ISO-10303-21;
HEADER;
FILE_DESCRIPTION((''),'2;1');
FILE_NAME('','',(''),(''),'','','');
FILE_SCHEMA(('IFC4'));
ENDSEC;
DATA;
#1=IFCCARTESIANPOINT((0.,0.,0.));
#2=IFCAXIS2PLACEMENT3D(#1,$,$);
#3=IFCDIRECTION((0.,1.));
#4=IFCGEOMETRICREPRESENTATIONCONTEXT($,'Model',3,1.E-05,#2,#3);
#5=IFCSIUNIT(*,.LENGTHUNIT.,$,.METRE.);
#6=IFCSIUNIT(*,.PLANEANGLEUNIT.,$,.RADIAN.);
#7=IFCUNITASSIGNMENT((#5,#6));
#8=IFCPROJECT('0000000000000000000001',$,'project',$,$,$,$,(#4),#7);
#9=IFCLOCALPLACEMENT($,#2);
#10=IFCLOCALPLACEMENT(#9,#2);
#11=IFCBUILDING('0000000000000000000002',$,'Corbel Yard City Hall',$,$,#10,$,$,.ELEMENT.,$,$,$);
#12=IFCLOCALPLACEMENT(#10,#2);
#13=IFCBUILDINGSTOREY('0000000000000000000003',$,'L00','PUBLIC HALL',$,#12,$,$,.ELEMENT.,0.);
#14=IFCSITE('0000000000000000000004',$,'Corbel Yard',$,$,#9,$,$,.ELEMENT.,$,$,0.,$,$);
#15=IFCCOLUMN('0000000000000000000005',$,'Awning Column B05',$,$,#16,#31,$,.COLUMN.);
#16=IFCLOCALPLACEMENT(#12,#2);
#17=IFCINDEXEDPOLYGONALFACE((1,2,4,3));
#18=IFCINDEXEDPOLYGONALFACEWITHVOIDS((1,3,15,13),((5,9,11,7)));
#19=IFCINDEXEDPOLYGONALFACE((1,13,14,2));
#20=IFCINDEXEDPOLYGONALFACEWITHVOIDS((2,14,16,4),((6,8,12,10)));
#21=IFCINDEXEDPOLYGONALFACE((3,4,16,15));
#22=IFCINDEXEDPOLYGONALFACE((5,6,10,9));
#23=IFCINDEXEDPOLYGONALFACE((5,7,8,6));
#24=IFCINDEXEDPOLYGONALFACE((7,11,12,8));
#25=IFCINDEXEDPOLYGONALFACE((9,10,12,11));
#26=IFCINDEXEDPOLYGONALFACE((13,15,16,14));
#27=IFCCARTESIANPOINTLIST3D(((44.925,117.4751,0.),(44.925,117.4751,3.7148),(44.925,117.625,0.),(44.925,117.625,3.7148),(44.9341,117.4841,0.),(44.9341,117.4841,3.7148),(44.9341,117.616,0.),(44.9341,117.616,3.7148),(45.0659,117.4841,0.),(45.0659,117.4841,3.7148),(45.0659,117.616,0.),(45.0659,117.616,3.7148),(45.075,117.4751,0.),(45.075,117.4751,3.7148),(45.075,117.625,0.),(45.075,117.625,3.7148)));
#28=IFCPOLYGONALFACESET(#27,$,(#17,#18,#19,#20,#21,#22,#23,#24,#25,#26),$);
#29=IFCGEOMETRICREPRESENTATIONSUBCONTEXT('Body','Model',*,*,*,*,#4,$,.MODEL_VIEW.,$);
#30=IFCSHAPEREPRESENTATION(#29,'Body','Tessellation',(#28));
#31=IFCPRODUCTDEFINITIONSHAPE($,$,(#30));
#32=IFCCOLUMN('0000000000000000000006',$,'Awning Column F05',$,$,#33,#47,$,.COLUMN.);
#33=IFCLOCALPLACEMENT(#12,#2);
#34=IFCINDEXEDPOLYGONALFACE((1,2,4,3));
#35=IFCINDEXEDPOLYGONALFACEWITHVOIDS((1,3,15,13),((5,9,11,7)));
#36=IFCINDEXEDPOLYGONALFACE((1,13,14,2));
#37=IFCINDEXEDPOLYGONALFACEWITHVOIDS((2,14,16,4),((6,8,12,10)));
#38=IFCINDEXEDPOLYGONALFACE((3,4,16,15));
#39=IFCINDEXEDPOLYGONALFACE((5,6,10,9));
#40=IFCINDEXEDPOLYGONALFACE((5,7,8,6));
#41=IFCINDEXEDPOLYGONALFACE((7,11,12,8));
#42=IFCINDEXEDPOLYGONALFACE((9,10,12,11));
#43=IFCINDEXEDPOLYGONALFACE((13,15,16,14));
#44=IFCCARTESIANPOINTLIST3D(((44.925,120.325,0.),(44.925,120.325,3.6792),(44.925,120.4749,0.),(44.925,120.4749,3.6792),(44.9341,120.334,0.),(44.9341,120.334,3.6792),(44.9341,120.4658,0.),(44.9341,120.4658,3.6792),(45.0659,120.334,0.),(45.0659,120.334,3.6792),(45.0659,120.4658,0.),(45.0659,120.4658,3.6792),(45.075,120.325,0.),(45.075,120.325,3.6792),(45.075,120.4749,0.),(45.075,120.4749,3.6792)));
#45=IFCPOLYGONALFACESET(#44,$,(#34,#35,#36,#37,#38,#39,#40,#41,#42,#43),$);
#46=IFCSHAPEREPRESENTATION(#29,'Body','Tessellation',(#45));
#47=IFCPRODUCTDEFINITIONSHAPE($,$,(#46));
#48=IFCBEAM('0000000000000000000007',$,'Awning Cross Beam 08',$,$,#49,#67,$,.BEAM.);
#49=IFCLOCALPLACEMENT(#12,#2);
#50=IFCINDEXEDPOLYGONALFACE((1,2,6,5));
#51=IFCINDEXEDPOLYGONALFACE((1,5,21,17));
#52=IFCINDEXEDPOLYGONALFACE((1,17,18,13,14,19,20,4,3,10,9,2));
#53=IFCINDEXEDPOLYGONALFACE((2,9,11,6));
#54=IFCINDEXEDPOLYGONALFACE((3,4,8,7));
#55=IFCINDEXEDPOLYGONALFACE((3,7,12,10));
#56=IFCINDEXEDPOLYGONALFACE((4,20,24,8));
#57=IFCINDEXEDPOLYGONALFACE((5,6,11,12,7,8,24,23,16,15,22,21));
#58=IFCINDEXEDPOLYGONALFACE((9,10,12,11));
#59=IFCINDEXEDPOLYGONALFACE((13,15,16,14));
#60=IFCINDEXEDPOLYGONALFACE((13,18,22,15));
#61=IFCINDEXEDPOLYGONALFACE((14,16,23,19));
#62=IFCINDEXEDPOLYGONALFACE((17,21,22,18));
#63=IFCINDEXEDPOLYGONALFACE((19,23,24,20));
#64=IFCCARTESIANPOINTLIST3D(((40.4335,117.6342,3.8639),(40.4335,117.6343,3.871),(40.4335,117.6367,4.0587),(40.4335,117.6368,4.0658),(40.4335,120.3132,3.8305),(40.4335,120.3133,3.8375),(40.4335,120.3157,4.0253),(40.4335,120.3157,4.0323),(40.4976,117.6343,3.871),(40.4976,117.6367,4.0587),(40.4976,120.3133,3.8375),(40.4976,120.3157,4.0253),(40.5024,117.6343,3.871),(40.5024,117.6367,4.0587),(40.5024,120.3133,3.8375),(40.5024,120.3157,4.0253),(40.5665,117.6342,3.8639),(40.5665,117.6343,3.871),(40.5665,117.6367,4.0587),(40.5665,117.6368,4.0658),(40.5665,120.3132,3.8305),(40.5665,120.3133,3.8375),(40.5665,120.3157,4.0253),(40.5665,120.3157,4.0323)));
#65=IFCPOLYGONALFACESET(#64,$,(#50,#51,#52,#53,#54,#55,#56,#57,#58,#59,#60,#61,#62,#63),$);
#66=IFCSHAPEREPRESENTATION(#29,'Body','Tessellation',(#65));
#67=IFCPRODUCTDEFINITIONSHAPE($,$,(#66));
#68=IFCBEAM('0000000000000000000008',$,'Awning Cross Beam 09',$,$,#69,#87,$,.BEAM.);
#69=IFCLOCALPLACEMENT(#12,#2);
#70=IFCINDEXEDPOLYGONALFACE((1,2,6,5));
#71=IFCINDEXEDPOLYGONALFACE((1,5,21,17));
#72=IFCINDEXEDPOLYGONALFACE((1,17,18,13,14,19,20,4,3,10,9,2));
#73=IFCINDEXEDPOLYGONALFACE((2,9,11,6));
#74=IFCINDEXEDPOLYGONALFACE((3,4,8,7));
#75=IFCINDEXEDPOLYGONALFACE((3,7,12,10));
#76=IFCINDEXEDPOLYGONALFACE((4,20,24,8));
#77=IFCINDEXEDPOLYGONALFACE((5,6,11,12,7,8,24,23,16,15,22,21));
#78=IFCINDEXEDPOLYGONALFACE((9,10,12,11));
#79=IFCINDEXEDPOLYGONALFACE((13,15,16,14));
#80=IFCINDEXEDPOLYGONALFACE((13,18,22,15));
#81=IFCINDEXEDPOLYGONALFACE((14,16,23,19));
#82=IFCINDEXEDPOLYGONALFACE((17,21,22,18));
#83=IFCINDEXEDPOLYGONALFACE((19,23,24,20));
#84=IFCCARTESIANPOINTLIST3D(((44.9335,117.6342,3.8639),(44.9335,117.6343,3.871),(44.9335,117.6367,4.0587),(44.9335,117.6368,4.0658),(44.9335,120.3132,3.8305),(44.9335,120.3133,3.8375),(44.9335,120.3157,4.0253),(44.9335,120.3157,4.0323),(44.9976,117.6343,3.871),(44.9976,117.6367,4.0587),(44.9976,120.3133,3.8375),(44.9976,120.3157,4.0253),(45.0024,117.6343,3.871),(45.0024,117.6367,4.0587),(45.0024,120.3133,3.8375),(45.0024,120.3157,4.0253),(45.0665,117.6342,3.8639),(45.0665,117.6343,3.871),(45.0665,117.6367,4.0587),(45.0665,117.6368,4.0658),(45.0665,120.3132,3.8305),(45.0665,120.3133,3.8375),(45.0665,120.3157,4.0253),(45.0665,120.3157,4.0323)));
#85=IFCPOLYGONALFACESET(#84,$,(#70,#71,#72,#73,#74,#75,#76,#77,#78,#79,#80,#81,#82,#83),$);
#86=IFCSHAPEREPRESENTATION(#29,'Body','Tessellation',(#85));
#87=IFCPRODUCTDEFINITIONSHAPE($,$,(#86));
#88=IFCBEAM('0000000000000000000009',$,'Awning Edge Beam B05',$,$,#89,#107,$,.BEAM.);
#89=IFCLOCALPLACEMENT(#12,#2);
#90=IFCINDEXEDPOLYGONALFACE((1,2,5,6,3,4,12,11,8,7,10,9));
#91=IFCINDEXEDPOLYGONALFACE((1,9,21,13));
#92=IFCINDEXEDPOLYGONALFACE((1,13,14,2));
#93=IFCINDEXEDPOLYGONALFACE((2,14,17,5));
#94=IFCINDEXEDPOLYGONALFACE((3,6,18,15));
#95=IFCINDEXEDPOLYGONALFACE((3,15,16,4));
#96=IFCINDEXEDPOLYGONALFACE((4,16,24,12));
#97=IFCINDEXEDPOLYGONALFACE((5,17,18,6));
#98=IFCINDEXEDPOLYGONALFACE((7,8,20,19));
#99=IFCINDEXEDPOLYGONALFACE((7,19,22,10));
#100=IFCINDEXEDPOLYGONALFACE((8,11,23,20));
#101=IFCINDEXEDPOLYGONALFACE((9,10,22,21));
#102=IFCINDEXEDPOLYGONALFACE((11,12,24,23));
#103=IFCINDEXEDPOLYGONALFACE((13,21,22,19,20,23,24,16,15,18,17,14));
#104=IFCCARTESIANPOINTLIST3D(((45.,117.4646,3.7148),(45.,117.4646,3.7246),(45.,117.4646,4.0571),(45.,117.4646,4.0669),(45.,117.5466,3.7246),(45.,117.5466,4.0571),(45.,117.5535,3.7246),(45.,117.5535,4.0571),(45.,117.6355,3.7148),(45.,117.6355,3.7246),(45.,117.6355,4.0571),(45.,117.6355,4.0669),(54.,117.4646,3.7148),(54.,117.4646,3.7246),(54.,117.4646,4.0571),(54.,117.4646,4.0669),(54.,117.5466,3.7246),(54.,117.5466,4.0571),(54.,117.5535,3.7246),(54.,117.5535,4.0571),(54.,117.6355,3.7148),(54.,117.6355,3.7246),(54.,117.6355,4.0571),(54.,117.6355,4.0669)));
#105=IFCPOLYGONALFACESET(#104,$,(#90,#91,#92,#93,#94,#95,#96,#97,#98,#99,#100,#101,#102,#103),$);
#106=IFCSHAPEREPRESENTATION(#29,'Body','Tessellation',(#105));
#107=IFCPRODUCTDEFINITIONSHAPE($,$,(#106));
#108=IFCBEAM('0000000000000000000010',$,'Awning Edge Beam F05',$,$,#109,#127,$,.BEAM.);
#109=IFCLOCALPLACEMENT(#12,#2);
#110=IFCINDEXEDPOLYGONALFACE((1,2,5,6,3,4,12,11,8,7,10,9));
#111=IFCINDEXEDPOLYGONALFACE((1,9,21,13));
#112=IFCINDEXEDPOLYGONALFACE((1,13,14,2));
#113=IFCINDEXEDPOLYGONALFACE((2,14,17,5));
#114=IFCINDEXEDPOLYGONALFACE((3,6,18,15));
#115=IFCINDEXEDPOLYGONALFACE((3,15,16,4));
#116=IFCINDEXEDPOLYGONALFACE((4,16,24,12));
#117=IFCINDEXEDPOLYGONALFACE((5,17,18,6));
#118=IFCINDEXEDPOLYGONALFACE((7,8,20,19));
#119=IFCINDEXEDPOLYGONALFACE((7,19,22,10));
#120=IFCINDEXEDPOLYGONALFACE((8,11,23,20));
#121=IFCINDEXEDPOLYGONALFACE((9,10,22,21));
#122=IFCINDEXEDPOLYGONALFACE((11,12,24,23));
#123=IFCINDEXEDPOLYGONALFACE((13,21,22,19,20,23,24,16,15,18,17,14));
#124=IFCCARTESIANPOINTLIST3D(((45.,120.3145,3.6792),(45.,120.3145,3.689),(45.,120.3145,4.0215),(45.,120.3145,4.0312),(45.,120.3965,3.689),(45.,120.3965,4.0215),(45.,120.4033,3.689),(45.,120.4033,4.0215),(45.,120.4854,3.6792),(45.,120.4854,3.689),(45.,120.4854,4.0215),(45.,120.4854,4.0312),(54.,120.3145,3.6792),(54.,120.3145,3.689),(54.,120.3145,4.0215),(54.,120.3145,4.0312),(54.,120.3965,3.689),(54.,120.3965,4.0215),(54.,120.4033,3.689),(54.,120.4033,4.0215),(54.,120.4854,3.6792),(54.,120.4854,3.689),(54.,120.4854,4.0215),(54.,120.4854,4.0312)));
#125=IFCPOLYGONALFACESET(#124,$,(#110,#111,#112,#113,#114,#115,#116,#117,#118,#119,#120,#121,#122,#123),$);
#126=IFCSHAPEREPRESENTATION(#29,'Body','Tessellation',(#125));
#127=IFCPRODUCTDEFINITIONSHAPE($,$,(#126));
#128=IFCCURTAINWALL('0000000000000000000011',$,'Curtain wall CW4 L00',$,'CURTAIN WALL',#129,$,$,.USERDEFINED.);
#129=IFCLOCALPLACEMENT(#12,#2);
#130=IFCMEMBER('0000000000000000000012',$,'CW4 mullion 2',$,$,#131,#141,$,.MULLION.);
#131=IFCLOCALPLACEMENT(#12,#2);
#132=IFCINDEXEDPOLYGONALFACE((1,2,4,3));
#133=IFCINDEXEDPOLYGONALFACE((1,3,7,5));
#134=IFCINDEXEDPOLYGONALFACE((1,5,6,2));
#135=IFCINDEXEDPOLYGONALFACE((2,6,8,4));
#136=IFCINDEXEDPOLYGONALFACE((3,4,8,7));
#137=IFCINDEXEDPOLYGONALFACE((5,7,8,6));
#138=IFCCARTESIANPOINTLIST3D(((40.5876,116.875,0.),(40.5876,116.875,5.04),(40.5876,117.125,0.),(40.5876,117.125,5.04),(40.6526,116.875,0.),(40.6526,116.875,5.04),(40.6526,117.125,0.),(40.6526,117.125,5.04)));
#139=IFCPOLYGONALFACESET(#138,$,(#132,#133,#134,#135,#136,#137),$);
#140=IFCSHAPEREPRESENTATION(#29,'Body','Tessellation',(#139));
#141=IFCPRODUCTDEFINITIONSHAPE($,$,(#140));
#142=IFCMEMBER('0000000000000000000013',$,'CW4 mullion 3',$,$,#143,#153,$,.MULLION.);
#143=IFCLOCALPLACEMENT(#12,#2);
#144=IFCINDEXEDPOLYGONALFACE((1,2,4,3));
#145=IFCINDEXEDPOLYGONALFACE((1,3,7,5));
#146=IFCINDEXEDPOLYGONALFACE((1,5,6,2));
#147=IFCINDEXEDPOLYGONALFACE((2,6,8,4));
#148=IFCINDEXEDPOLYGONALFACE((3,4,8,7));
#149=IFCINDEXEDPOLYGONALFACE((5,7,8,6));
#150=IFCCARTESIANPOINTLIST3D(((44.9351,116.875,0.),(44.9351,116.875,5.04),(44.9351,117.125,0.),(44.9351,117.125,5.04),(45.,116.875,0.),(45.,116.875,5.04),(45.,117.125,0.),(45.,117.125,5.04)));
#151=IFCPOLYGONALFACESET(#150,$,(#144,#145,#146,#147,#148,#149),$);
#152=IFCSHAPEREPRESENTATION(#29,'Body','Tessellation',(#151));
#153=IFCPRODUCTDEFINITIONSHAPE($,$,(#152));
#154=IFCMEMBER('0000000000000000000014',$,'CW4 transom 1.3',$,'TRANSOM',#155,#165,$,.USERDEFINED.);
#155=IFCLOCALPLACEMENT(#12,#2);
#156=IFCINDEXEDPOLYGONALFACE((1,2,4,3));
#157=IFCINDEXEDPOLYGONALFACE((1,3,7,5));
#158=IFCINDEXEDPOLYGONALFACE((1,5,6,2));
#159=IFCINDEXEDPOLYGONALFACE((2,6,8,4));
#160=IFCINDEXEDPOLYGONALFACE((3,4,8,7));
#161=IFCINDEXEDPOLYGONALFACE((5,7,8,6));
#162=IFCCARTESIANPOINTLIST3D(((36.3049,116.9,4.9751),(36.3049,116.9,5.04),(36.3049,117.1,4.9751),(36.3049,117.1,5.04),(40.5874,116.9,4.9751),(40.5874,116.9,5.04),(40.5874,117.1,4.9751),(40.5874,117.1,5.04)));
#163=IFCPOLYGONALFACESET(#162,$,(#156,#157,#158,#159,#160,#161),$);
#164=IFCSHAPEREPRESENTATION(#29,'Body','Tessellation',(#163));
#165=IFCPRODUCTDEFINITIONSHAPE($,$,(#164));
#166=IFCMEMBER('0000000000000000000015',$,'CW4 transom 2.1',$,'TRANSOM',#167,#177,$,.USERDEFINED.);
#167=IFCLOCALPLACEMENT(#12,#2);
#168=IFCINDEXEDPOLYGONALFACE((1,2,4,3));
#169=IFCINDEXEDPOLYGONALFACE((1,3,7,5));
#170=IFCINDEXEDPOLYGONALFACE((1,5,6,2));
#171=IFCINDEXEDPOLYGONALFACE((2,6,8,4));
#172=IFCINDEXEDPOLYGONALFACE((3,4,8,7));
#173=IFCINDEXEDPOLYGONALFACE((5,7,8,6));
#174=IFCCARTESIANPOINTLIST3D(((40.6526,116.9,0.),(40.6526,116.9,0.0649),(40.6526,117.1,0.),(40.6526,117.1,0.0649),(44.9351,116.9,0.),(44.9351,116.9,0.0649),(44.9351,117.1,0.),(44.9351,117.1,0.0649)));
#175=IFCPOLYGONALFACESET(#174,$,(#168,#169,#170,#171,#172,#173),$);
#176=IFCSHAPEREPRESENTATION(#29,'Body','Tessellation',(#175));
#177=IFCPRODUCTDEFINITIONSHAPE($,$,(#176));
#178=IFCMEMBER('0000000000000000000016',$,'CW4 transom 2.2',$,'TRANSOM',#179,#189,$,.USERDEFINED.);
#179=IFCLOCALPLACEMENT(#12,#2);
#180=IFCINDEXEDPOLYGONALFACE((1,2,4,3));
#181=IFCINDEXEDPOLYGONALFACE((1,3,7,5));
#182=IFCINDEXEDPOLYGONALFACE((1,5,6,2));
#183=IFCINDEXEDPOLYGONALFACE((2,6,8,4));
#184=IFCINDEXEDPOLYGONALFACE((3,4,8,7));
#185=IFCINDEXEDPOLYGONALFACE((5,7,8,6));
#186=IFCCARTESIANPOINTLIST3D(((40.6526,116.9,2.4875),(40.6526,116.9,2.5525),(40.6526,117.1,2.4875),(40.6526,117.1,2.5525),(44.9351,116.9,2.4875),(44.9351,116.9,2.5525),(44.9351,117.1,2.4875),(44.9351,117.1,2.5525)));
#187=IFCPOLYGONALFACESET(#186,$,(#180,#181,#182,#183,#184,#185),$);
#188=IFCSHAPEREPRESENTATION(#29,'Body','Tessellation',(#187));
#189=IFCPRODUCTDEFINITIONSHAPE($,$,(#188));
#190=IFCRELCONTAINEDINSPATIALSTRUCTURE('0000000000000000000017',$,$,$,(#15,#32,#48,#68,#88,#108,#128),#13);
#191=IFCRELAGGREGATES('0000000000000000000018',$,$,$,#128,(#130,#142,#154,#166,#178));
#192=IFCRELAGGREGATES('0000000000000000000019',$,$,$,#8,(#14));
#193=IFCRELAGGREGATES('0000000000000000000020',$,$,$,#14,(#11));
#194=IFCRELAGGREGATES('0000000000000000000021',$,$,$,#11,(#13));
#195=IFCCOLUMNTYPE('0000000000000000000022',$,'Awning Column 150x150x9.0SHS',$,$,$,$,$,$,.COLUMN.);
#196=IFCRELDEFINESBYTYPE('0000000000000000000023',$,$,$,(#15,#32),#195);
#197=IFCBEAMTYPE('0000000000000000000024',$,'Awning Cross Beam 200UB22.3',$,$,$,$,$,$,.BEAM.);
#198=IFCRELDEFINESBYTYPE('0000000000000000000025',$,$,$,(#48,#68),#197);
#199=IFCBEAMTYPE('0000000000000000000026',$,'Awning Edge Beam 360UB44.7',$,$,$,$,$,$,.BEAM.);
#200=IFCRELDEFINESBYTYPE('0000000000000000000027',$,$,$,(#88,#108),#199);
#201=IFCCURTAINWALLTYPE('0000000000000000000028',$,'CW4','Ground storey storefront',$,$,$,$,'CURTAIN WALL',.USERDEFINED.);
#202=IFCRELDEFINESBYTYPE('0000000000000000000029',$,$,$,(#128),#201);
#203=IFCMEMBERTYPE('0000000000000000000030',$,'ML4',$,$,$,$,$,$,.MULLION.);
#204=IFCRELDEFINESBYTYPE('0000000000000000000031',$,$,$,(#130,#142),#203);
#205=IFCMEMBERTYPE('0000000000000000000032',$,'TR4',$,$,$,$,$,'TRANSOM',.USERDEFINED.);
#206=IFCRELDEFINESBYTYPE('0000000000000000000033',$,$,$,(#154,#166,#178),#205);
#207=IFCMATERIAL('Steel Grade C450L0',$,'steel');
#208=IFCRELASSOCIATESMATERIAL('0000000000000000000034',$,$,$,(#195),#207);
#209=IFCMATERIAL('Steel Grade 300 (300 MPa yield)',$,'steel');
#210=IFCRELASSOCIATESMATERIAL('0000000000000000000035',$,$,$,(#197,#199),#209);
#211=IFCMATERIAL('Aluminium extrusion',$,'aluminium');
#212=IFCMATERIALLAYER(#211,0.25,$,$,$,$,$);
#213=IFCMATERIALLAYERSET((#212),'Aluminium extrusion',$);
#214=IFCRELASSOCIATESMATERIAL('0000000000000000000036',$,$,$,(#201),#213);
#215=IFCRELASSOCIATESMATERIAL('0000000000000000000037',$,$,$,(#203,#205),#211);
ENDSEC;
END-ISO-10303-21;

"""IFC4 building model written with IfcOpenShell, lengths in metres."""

from ifc_helpers import new_model, si_unit, direction, frame, origin, origin_2d, place, context, subcontext, project, spatial, rectangle, hollow_rectangle, i_section, extrude, material, layer, layer_set, material_profile, profile_set, type_object, element, aggregate, save


model = new_model("IFC4")

# Units and contexts
model_context = context("Model", 3, precision=1e-05, world=origin(), true_north=direction((0.0, 1.0)))
body_context = subcontext(model_context, "Body", "Model", "MODEL_VIEW")
ifc_project = project(units=[si_unit("LENGTHUNIT", "METRE"), si_unit("PLANEANGLEUNIT", "RADIAN")], contexts=[model_context])

# Site, building, storey
site_placement = place(None, origin())
site = spatial("IfcSite", under=ifc_project, at=site_placement, Name="Corbel Yard", CompositionType="ELEMENT", RefElevation=0.0)
building_placement = place(site_placement, origin())
building = spatial("IfcBuilding", under=site, at=building_placement, Name="Corbel Yard City Hall", CompositionType="ELEMENT")
storey_placement = place(building_placement, origin())
storey = spatial("IfcBuildingStorey", under=building, at=storey_placement, Name="L00", Description="PUBLIC HALL", CompositionType="ELEMENT", Elevation=0.0)

# Columns
ifc_material_1 = material(Name="Steel Grade C450L0", Category="steel")
ifc_material_profile_1 = material_profile(ifc_material_1, hollow_rectangle(XDim=0.1499, YDim=0.1499, WallThickness=0.009, at=origin_2d()), Name="150x150x9.0SHS")
ifc_profile_set_1 = profile_set([ifc_material_profile_1], Name="Steel Grade C450L0")
column_type = type_object("IfcColumnType", Name="Awning Column 150x150x9.0SHS", PredefinedType="COLUMN", material=ifc_profile_set_1)
column_1_placement = place(storey_placement, frame((45.0, 117.55, 0.0), z_axis=(0.0, 0.0, 1.0), x_axis=(1.0, 0.0, 0.0)))
element("IfcColumn", 1, at=column_1_placement, inside=storey, type_object=column_type, Name="Awning Column B05", PredefinedType="COLUMN", context=body_context, shape_type="SweptSolid", body=[
    extrude(hollow_rectangle(XDim=0.1499, YDim=0.1499, WallThickness=0.009, at=origin_2d()), origin(), (0.0, 0.0, 1.0), 3.7148),
])
column_2_placement = place(storey_placement, frame((45.0, 120.3999, 0.0), z_axis=(0.0, 0.0, 1.0), x_axis=(1.0, 0.0, 0.0)))
element("IfcColumn", 2, at=column_2_placement, inside=storey, type_object=column_type, Name="Awning Column F05", PredefinedType="COLUMN", context=body_context, shape_type="SweptSolid", body=[
    extrude(hollow_rectangle(XDim=0.1499, YDim=0.1499, WallThickness=0.009, at=origin_2d()), origin(), (0.0, 0.0, 1.0), 3.6792),
])

# Beams
ifc_material_2 = material(Name="Steel Grade 300 (300 MPa yield)", Category="steel")
ifc_material_profile_2 = material_profile(ifc_material_2, i_section(OverallWidth=0.1331, OverallDepth=0.2019, WebThickness=0.0049, FlangeThickness=0.0071, at=origin_2d()), Name="200UB22.3")
ifc_profile_set_2 = profile_set([ifc_material_profile_2], Name="Steel Grade 300 (300 MPa yield)")
beam_type_1 = type_object("IfcBeamType", Name="Awning Cross Beam 200UB22.3", PredefinedType="BEAM", material=ifc_profile_set_2)
for number, where, z_axis, x_axis, name in (
    (3, (40.5, 117.6355, 3.9648), (0.0, 0.999922, -0.012484), (-1.0, 0.0, 0.0), "Awning Cross Beam 08"),
    (4, (45.0, 117.6355, 3.9648), (0.0, 0.999922, -0.012484), (-1.0, 0.0, 0.0), "Awning Cross Beam 09"),
):
    element("IfcBeam", number, at=place(storey_placement, frame(where, z_axis=z_axis, x_axis=x_axis)), inside=storey, type_object=beam_type_1, Name=name, PredefinedType="BEAM", context=body_context, shape_type="SweptSolid", body=[
        extrude(i_section(OverallWidth=0.1331, OverallDepth=0.2019, WebThickness=0.0049, FlangeThickness=0.0071, at=origin_2d()), origin(), (0.0, 0.0, 1.0), 2.6792),
    ])
ifc_material_profile_3 = material_profile(ifc_material_2, i_section(OverallWidth=0.1709, OverallDepth=0.3521, WebThickness=0.0068, FlangeThickness=0.0098, at=origin_2d()), Name="360UB44.7")
ifc_profile_set_3 = profile_set([ifc_material_profile_3], Name="Steel Grade 300 (300 MPa yield)")
beam_type_2 = type_object("IfcBeamType", Name="Awning Edge Beam 360UB44.7", PredefinedType="BEAM", material=ifc_profile_set_3)
for number, where, z_axis, x_axis, name in (
    (5, (45.0, 117.55, 3.8909), (1.0, 0.0, 0.0), (0.0, 1.0, 0.0), "Awning Edge Beam B05"),
    (6, (45.0, 120.3999, 3.8552), (1.0, 0.0, 0.0), (0.0, 1.0, 0.0), "Awning Edge Beam F05"),
):
    element("IfcBeam", number, at=place(storey_placement, frame(where, z_axis=z_axis, x_axis=x_axis)), inside=storey, type_object=beam_type_2, Name=name, PredefinedType="BEAM", context=body_context, shape_type="SweptSolid", body=[
        extrude(i_section(OverallWidth=0.1709, OverallDepth=0.3521, WebThickness=0.0068, FlangeThickness=0.0098, at=origin_2d()), origin(), (0.0, 0.0, 1.0), 9.0),
    ])

# Curtain wall, members
ifc_material_3 = material(Name="Aluminium extrusion", Category="aluminium")
ifc_layer_1 = layer(ifc_material_3, 0.25)
ifc_layer_set_1 = layer_set([ifc_layer_1], Name="Aluminium extrusion")
curtain_wall_type = type_object("IfcCurtainWallType", Name="CW4", Description="Ground storey storefront", ElementType="CURTAIN WALL", PredefinedType="USERDEFINED", material=ifc_layer_set_1)
curtain_wall_placement = place(storey_placement, origin())
curtain_wall = element("IfcCurtainWall", 7, at=curtain_wall_placement, inside=storey, type_object=curtain_wall_type, Name="Curtain wall CW4 L00", ObjectType="CURTAIN WALL", PredefinedType="USERDEFINED")
ifc_material_profile_4 = material_profile(ifc_material_3, rectangle(XDim=0.25, YDim=0.0649, at=origin_2d()), Name="250x65")
ifc_profile_set_4 = profile_set([ifc_material_profile_4], Name="Aluminium extrusion")
member_type_1 = type_object("IfcMemberType", Name="ML4", PredefinedType="MULLION", material=ifc_profile_set_4)
member_1_placement = place(storey_placement, frame((40.6201, 117.0, 0.0), z_axis=(0.0, 0.0, 1.0), x_axis=(0.0, 1.0, 0.0)))
member_1 = element("IfcMember", 8, at=member_1_placement, type_object=member_type_1, Name="CW4 mullion 2", PredefinedType="MULLION", context=body_context, shape_type="SweptSolid", body=[
    extrude(rectangle(XDim=0.25, YDim=0.0649, at=origin_2d()), origin(), (0.0, 0.0, 1.0), 5.04),
])
member_2_placement = place(storey_placement, frame((44.9675, 117.0, 0.0), z_axis=(0.0, 0.0, 1.0), x_axis=(0.0, 1.0, 0.0)))
member_2 = element("IfcMember", 9, at=member_2_placement, type_object=member_type_1, Name="CW4 mullion 3", PredefinedType="MULLION", context=body_context, shape_type="SweptSolid", body=[
    extrude(rectangle(XDim=0.25, YDim=0.0649, at=origin_2d()), origin(), (0.0, 0.0, 1.0), 5.04),
])
ifc_material_profile_5 = material_profile(ifc_material_3, rectangle(XDim=0.2, YDim=0.0649, at=origin_2d()), Name="200x65")
ifc_profile_set_5 = profile_set([ifc_material_profile_5], Name="Aluminium extrusion")
member_type_2 = type_object("IfcMemberType", Name="TR4", ElementType="TRANSOM", PredefinedType="USERDEFINED", material=ifc_profile_set_5)
member_3_placement = place(storey_placement, frame((36.3049, 117.0, 5.0076), z_axis=(1.0, 0.0, 0.0), x_axis=(0.0, 1.0, 0.0)))
member_3 = element("IfcMember", 10, at=member_3_placement, type_object=member_type_2, Name="CW4 transom 1.3", ObjectType="TRANSOM", PredefinedType="USERDEFINED", context=body_context, shape_type="SweptSolid", body=[
    extrude(rectangle(XDim=0.2, YDim=0.0649, at=origin_2d()), origin(), (0.0, 0.0, 1.0), 4.2825),
])
member_4_placement = place(storey_placement, frame((40.6526, 117.0, 0.0325), z_axis=(1.0, 0.0, 0.0), x_axis=(0.0, 1.0, 0.0)))
member_4 = element("IfcMember", 11, at=member_4_placement, type_object=member_type_2, Name="CW4 transom 2.1", ObjectType="TRANSOM", PredefinedType="USERDEFINED", context=body_context, shape_type="SweptSolid", body=[
    extrude(rectangle(XDim=0.2, YDim=0.0649, at=origin_2d()), origin(), (0.0, 0.0, 1.0), 4.2825),
])
member_5_placement = place(storey_placement, frame((40.6526, 117.0, 2.52), z_axis=(1.0, 0.0, 0.0), x_axis=(0.0, 1.0, 0.0)))
member_5 = element("IfcMember", 12, at=member_5_placement, type_object=member_type_2, Name="CW4 transom 2.2", ObjectType="TRANSOM", PredefinedType="USERDEFINED", context=body_context, shape_type="SweptSolid", body=[
    extrude(rectangle(XDim=0.2, YDim=0.0649, at=origin_2d()), origin(), (0.0, 0.0, 1.0), 4.2825),
])
aggregate(curtain_wall, [member_1, member_2, member_3, member_4, member_5])

save(model, "model.ifc")
